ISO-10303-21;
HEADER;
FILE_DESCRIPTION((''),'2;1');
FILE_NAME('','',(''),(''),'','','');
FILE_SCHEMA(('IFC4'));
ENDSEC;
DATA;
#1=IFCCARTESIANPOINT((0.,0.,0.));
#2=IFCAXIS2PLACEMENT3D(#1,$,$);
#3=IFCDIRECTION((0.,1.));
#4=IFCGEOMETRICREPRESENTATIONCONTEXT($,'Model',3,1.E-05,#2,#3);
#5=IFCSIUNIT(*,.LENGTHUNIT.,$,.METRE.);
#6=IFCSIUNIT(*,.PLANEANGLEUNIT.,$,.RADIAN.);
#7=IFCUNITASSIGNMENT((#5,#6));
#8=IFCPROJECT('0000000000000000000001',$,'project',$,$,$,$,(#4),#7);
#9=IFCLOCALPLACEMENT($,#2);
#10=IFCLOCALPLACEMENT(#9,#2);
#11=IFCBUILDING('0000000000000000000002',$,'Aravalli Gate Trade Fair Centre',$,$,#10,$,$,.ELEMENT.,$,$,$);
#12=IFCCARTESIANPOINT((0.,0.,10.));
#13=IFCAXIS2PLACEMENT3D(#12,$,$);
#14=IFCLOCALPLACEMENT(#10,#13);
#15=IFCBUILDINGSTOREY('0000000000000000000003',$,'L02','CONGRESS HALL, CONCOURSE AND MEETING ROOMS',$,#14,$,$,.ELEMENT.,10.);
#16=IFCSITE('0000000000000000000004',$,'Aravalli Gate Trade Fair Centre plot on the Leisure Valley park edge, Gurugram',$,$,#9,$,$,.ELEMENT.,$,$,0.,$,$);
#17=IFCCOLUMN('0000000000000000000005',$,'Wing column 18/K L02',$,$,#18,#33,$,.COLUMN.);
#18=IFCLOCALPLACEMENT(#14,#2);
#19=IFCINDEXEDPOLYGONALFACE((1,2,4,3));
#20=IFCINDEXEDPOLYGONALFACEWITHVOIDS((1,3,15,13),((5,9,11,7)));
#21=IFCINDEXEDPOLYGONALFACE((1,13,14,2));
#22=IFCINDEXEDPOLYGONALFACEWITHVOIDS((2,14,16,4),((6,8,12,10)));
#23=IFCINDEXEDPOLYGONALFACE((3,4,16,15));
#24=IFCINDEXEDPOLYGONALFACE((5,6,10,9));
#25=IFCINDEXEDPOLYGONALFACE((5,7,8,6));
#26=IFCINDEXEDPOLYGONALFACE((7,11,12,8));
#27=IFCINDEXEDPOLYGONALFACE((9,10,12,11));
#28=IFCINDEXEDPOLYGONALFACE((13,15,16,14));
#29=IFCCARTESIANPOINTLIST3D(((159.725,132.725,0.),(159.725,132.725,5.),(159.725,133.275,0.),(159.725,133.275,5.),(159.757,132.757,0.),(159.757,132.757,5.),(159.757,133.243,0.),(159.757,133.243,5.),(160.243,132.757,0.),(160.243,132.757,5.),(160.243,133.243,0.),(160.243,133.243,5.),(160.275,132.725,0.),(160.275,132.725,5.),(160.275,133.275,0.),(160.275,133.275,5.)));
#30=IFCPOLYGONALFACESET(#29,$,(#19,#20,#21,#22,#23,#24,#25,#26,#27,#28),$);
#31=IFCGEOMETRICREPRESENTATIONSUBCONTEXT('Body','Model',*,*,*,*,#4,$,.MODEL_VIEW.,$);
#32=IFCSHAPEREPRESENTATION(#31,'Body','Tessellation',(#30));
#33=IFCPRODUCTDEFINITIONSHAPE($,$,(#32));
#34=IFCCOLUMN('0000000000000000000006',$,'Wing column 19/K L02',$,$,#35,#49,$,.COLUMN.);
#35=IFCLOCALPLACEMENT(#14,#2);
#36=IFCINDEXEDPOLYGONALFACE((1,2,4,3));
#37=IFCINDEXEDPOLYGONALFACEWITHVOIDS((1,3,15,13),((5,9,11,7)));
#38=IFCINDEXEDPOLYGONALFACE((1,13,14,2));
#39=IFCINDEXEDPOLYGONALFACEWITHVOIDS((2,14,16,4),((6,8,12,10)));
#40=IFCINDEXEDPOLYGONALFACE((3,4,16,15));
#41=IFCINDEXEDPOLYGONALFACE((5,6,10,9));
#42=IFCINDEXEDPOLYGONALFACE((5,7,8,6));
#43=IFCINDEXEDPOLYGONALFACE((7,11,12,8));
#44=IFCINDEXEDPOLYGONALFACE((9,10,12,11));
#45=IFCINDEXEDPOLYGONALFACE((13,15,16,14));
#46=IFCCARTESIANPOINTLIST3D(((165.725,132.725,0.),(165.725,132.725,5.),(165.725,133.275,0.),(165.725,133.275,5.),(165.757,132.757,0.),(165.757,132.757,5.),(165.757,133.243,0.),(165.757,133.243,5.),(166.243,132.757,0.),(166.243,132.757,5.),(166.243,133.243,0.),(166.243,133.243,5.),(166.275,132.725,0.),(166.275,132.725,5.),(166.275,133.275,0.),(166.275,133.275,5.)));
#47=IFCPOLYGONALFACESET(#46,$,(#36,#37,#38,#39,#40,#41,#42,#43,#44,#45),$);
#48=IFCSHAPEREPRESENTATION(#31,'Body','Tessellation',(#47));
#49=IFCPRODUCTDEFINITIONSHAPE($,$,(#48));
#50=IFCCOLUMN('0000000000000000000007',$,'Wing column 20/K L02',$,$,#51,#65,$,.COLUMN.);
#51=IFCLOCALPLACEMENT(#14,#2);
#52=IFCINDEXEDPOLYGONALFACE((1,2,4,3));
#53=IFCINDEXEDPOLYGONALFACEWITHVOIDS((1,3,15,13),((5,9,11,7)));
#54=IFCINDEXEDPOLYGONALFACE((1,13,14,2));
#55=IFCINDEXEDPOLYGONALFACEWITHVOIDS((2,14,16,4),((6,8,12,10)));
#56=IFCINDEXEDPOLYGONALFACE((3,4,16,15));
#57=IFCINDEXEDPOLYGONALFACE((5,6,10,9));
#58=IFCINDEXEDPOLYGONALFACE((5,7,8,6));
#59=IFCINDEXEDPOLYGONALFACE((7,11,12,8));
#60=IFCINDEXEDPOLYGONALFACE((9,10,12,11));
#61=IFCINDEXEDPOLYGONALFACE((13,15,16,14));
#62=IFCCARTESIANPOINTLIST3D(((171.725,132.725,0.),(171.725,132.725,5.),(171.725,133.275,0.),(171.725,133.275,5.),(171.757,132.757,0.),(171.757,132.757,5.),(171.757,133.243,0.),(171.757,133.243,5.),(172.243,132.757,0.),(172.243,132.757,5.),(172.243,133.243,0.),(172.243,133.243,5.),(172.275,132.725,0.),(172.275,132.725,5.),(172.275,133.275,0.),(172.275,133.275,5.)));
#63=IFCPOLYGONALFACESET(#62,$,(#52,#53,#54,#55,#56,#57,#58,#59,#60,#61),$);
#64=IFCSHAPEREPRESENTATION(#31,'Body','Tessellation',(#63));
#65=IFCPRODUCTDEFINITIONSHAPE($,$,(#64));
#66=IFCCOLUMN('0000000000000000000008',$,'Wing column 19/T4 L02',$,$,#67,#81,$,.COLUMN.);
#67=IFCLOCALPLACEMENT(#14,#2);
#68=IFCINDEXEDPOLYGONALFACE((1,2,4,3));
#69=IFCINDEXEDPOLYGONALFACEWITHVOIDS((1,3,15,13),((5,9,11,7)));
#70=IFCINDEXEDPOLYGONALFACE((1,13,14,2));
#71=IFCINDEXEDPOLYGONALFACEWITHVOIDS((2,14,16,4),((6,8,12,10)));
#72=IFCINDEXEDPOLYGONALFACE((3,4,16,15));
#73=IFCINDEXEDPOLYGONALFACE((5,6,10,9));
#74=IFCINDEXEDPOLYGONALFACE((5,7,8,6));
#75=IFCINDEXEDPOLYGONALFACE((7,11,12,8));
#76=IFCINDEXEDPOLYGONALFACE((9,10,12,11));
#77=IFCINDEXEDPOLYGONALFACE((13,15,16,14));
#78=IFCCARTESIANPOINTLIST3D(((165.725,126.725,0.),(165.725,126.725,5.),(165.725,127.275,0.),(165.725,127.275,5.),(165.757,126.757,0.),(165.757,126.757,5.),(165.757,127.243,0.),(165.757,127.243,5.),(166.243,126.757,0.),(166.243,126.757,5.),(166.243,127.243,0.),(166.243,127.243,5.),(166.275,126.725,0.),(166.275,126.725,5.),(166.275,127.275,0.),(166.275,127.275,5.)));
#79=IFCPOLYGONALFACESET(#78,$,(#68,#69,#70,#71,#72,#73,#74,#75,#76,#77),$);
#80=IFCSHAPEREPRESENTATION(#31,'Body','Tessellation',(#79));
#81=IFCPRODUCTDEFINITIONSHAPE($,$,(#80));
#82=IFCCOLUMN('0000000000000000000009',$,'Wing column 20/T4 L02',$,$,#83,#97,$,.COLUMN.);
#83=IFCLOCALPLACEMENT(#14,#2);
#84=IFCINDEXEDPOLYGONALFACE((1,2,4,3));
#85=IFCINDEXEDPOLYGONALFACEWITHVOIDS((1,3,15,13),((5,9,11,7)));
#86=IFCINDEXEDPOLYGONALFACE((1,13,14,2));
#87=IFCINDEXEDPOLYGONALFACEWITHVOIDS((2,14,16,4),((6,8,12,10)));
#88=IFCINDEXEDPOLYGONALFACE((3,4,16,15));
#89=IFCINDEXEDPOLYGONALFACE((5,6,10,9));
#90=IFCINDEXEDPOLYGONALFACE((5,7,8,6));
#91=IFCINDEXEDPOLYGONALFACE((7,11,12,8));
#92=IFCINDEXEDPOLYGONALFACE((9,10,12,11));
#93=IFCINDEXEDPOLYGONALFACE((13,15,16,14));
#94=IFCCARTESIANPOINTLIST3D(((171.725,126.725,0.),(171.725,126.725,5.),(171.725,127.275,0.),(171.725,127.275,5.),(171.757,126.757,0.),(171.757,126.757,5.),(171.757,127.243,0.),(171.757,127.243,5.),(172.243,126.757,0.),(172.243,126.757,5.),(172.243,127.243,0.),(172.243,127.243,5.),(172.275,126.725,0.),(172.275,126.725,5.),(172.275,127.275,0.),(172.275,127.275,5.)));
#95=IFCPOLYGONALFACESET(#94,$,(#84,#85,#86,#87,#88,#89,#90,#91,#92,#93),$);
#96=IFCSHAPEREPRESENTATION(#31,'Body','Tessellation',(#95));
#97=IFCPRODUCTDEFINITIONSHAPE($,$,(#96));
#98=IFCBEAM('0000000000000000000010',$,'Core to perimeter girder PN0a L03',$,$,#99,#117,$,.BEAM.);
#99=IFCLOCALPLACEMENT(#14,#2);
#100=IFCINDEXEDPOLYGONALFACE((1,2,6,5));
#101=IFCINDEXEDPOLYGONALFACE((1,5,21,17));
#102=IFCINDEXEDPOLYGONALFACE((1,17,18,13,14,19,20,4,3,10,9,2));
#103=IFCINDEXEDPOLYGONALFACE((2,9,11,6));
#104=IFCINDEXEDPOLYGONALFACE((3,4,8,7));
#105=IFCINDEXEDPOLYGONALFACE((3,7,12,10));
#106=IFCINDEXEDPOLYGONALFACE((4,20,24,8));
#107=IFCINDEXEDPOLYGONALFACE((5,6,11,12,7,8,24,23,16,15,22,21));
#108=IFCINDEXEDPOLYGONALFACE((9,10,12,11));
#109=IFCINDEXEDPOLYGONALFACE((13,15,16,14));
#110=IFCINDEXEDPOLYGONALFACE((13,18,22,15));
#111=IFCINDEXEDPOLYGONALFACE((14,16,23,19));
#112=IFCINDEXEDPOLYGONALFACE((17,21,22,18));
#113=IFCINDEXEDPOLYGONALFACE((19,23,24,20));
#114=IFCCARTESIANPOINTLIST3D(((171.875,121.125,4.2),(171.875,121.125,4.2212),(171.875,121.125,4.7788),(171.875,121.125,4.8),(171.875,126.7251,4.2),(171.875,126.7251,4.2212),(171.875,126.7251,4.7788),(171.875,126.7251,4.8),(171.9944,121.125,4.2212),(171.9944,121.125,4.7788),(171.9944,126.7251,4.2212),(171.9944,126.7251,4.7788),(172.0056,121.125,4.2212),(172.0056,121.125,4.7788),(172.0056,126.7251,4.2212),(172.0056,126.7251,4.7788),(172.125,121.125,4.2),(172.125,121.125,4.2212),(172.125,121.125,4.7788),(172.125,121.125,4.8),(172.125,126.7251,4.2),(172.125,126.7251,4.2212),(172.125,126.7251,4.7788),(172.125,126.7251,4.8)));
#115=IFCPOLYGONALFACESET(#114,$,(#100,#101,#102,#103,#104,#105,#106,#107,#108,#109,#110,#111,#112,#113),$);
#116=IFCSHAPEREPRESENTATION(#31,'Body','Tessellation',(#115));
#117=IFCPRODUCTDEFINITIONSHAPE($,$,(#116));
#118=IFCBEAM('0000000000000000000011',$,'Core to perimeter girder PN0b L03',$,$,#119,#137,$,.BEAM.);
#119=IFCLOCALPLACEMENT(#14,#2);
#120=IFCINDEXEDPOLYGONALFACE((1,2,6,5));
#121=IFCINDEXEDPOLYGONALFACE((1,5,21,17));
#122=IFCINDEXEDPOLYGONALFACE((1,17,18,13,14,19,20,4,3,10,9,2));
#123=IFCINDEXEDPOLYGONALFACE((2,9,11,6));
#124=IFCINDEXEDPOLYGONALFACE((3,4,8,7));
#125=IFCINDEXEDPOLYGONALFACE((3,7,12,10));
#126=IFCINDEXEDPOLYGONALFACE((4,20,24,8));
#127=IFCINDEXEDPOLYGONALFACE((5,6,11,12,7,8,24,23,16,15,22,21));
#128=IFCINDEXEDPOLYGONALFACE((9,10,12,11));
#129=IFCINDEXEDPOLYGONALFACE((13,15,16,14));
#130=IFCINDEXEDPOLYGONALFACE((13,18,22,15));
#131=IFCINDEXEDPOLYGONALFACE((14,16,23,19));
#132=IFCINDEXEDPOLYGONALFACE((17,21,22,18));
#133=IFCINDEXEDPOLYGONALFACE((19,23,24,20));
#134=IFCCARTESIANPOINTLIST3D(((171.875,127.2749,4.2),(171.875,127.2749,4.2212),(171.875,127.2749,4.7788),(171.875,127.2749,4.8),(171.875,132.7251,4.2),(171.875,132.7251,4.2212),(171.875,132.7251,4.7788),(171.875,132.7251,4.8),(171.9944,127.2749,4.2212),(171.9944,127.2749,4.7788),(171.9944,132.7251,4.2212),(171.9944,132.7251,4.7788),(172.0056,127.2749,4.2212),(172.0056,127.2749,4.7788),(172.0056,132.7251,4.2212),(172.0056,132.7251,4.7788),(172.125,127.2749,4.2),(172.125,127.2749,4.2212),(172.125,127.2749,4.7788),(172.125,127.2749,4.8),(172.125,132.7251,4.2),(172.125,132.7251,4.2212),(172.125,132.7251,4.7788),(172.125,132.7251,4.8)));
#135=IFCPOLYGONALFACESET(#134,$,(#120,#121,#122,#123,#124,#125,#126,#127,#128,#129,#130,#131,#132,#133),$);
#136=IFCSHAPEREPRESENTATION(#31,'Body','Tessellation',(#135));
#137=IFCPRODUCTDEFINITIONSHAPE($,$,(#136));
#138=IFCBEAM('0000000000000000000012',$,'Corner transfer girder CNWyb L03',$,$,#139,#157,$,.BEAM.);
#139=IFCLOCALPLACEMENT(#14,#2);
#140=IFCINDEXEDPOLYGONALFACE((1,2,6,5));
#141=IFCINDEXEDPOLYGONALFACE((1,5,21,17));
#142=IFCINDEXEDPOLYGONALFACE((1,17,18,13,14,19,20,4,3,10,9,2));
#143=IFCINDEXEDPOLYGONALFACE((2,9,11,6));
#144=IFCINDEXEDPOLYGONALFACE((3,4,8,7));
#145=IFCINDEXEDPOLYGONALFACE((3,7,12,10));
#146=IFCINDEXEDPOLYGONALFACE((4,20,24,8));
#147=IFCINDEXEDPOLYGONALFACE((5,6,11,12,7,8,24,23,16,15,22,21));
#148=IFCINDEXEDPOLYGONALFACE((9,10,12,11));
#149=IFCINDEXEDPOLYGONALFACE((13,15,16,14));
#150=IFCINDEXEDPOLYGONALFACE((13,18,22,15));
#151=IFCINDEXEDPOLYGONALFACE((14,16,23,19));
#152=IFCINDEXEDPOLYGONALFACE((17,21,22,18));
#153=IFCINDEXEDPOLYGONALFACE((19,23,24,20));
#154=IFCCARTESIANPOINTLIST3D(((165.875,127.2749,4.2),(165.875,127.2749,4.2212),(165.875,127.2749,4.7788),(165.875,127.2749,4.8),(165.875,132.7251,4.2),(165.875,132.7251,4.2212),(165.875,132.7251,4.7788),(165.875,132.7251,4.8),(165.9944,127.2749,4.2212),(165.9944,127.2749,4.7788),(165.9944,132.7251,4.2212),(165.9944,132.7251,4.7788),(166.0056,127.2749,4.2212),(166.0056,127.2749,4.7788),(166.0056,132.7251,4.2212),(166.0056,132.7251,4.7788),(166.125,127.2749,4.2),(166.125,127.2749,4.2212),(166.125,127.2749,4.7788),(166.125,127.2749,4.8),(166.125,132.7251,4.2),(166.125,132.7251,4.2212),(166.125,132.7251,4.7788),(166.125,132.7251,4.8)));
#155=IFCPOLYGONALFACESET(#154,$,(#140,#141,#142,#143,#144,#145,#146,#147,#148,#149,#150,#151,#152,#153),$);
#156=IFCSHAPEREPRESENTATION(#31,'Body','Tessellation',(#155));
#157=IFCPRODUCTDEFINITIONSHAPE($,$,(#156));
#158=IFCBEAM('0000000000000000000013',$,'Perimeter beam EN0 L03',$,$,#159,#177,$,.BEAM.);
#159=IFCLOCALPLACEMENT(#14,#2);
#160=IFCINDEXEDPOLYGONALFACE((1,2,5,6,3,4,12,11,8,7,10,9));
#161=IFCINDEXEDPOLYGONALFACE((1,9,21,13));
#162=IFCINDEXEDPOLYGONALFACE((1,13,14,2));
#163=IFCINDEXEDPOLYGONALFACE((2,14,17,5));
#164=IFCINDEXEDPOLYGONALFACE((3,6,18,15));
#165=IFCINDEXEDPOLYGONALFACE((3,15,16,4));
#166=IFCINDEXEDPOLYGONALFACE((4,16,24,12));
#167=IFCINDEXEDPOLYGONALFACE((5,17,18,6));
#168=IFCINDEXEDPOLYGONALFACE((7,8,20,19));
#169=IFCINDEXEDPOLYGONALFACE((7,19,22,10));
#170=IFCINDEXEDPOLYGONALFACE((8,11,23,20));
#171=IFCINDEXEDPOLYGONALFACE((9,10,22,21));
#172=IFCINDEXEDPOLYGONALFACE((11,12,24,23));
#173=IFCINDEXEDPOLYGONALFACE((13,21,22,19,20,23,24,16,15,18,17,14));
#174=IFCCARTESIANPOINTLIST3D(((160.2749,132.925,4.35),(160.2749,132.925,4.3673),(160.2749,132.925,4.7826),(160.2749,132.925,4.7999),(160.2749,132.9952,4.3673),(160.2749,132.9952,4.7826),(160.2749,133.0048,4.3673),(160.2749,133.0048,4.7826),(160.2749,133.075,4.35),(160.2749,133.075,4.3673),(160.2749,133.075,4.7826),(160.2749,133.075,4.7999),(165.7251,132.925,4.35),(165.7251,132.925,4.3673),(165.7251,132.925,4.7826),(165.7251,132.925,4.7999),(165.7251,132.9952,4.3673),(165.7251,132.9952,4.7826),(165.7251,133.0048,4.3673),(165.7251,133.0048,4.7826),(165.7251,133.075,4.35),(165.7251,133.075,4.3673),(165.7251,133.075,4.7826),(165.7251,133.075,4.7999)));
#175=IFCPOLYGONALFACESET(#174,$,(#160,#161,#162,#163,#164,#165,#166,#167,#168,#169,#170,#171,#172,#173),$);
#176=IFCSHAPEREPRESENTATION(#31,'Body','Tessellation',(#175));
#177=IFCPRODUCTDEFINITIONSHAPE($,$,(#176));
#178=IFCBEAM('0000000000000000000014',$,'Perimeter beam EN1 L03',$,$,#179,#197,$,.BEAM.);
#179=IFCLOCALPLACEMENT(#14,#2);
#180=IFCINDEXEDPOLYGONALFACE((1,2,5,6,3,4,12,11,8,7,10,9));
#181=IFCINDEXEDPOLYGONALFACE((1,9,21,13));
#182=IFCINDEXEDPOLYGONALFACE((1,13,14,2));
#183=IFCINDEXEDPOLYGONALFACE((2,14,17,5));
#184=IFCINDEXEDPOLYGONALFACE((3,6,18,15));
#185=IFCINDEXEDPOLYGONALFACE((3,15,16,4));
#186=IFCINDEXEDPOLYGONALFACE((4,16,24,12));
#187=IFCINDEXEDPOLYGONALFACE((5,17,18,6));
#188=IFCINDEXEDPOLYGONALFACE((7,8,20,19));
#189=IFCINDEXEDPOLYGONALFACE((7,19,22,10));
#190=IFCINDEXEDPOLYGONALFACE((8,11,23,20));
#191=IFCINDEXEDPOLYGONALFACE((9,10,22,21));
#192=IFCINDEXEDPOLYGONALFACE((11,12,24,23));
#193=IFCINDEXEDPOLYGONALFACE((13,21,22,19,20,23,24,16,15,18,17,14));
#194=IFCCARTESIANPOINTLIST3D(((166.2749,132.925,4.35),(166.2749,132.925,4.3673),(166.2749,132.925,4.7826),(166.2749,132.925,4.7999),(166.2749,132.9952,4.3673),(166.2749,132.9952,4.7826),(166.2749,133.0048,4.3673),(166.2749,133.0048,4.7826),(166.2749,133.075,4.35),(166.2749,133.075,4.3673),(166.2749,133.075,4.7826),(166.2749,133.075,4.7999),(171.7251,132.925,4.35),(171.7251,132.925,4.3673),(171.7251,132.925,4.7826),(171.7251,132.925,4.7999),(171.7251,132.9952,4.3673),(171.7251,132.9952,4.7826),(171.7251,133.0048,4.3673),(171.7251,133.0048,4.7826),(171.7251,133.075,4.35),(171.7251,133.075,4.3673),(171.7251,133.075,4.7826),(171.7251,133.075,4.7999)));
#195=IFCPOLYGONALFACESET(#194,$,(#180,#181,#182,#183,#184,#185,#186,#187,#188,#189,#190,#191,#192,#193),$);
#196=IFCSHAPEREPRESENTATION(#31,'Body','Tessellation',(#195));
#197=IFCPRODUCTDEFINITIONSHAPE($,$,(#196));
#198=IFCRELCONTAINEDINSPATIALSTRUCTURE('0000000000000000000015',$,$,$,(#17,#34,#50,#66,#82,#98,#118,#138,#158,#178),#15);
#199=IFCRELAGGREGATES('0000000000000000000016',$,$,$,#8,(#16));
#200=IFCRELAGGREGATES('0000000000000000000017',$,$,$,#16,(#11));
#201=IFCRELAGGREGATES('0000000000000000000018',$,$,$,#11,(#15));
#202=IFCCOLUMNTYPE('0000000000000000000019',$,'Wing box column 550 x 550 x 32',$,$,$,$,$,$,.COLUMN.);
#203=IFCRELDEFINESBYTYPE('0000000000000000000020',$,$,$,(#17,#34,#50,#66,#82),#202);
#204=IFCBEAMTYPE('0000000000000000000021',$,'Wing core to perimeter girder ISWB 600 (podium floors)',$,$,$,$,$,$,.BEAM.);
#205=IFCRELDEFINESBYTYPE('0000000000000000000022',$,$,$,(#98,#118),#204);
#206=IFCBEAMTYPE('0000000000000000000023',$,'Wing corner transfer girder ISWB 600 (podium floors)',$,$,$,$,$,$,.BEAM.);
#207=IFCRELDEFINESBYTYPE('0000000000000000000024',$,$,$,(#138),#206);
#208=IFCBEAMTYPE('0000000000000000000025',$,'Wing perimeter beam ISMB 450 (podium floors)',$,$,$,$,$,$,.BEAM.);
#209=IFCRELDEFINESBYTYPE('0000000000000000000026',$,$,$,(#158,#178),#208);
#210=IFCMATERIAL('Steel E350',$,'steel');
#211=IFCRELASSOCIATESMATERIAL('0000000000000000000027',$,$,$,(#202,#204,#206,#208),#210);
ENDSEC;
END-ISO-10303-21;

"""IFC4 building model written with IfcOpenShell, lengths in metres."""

from ifc_helpers import new_model, si_unit, direction, frame, origin, origin_2d, place, context, subcontext, project, spatial, hollow_rectangle, i_section, extrude, material, material_profile, profile_set, type_object, element, save


model = new_model("IFC4")

# Units and contexts
model_context = context("Model", 3, precision=1e-05, world=origin(), true_north=direction((0.0, 1.0)))
body_context = subcontext(model_context, "Body", "Model", "MODEL_VIEW")
ifc_project = project(units=[si_unit("LENGTHUNIT", "METRE"), si_unit("PLANEANGLEUNIT", "RADIAN")], contexts=[model_context])

# Site, building, storey
site_placement = place(None, origin())
site = spatial("IfcSite", under=ifc_project, at=site_placement, Name="Aravalli Gate Trade Fair Centre plot on the Leisure Valley park edge, Gurugram", CompositionType="ELEMENT", RefElevation=0.0)
building_placement = place(site_placement, origin())
building = spatial("IfcBuilding", under=site, at=building_placement, Name="Aravalli Gate Trade Fair Centre", CompositionType="ELEMENT")
storey_placement = place(building_placement, frame((0.0, 0.0, 10.0)))
storey = spatial("IfcBuildingStorey", under=building, at=storey_placement, Name="L02", Description="CONGRESS HALL, CONCOURSE AND MEETING ROOMS", CompositionType="ELEMENT", Elevation=10.0)

# Columns
ifc_material_1 = material(Name="Steel E350", Category="steel")
ifc_material_profile_1 = material_profile(ifc_material_1, hollow_rectangle(XDim=0.55, YDim=0.55, WallThickness=0.032, at=origin_2d()), Name="BOX 550x550x32")
ifc_profile_set_1 = profile_set([ifc_material_profile_1], Name="Steel E350")
column_type = type_object("IfcColumnType", Name="Wing box column 550 x 550 x 32", PredefinedType="COLUMN", material=ifc_profile_set_1)
for number, where, z_axis, x_axis, name in (
    (1, (160.0, 133.0, 0.0), (0.0, 0.0, 1.0), (1.0, 0.0, 0.0), "Wing column 18/K L02"),
    (2, (166.0, 133.0, 0.0), (0.0, 0.0, 1.0), (1.0, 0.0, 0.0), "Wing column 19/K L02"),
    (3, (172.0, 133.0, 0.0), (0.0, 0.0, 1.0), (1.0, 0.0, 0.0), "Wing column 20/K L02"),
    (4, (166.0, 127.0, 0.0), (0.0, 0.0, 1.0), (1.0, 0.0, 0.0), "Wing column 19/T4 L02"),
    (5, (172.0, 127.0, 0.0), (0.0, 0.0, 1.0), (1.0, 0.0, 0.0), "Wing column 20/T4 L02"),
):
    element("IfcColumn", number, at=place(storey_placement, frame(where, z_axis=z_axis, x_axis=x_axis)), inside=storey, type_object=column_type, Name=name, PredefinedType="COLUMN", context=body_context, shape_type="SweptSolid", body=[
        extrude(hollow_rectangle(XDim=0.55, YDim=0.55, WallThickness=0.032, at=origin_2d()), origin(), (0.0, 0.0, 1.0), 5.0),
    ])

# Beams
ifc_material_profile_2 = material_profile(ifc_material_1, i_section(OverallWidth=0.25, OverallDepth=0.6001, WebThickness=0.0112, FlangeThickness=0.0212, at=origin_2d()), Name="ISWB 600")
ifc_profile_set_2 = profile_set([ifc_material_profile_2], Name="Steel E350")
beam_type_1 = type_object("IfcBeamType", Name="Wing core to perimeter girder ISWB 600 (podium floors)", PredefinedType="BEAM", material=ifc_profile_set_2)
beam_1_placement = place(storey_placement, frame((172.0, 121.125, 4.5), z_axis=(0.0, 1.0, 0.0), x_axis=(-1.0, 0.0, 0.0)))
element("IfcBeam", 6, at=beam_1_placement, inside=storey, type_object=beam_type_1, Name="Core to perimeter girder PN0a L03", PredefinedType="BEAM", context=body_context, shape_type="SweptSolid", body=[
    extrude(i_section(OverallWidth=0.25, OverallDepth=0.6001, WebThickness=0.0112, FlangeThickness=0.0212, at=origin_2d()), origin(), (0.0, 0.0, 1.0), 5.6001),
])
beam_2_placement = place(storey_placement, frame((172.0, 127.2749, 4.5), z_axis=(0.0, 1.0, 0.0), x_axis=(-1.0, 0.0, 0.0)))
element("IfcBeam", 7, at=beam_2_placement, inside=storey, type_object=beam_type_1, Name="Core to perimeter girder PN0b L03", PredefinedType="BEAM", context=body_context, shape_type="SweptSolid", body=[
    extrude(i_section(OverallWidth=0.25, OverallDepth=0.6001, WebThickness=0.0112, FlangeThickness=0.0212, at=origin_2d()), origin(), (0.0, 0.0, 1.0), 5.4502),
])
ifc_material_profile_3 = material_profile(ifc_material_1, i_section(OverallWidth=0.25, OverallDepth=0.6001, WebThickness=0.0112, FlangeThickness=0.0212, at=origin_2d()), Name="ISWB 600")
ifc_profile_set_3 = profile_set([ifc_material_profile_3], Name="Steel E350")
beam_type_2 = type_object("IfcBeamType", Name="Wing corner transfer girder ISWB 600 (podium floors)", PredefinedType="BEAM", material=ifc_profile_set_3)
beam_3_placement = place(storey_placement, frame((166.0, 127.2749, 4.5), z_axis=(0.0, 1.0, 0.0), x_axis=(-1.0, 0.0, 0.0)))
element("IfcBeam", 8, at=beam_3_placement, inside=storey, type_object=beam_type_2, Name="Corner transfer girder CNWyb L03", PredefinedType="BEAM", context=body_context, shape_type="SweptSolid", body=[
    extrude(i_section(OverallWidth=0.25, OverallDepth=0.6001, WebThickness=0.0112, FlangeThickness=0.0212, at=origin_2d()), origin(), (0.0, 0.0, 1.0), 5.4502),
])
ifc_material_profile_4 = material_profile(ifc_material_1, i_section(OverallWidth=0.1499, OverallDepth=0.45, WebThickness=0.0095, FlangeThickness=0.0173, at=origin_2d()), Name="ISMB 450")
ifc_profile_set_4 = profile_set([ifc_material_profile_4], Name="Steel E350")
beam_type_3 = type_object("IfcBeamType", Name="Wing perimeter beam ISMB 450 (podium floors)", PredefinedType="BEAM", material=ifc_profile_set_4)
for number, where, z_axis, x_axis, name in (
    (9, (160.2749, 133.0, 4.575), (1.0, 0.0, 0.0), (0.0, 1.0, 0.0), "Perimeter beam EN0 L03"),
    (10, (166.2749, 133.0, 4.575), (1.0, 0.0, 0.0), (0.0, 1.0, 0.0), "Perimeter beam EN1 L03"),
):
    element("IfcBeam", number, at=place(storey_placement, frame(where, z_axis=z_axis, x_axis=x_axis)), inside=storey, type_object=beam_type_3, Name=name, PredefinedType="BEAM", context=body_context, shape_type="SweptSolid", body=[
        extrude(i_section(OverallWidth=0.1499, OverallDepth=0.45, WebThickness=0.0095, FlangeThickness=0.0173, at=origin_2d()), origin(), (0.0, 0.0, 1.0), 5.4502),
    ])

save(model, "model.ifc")
